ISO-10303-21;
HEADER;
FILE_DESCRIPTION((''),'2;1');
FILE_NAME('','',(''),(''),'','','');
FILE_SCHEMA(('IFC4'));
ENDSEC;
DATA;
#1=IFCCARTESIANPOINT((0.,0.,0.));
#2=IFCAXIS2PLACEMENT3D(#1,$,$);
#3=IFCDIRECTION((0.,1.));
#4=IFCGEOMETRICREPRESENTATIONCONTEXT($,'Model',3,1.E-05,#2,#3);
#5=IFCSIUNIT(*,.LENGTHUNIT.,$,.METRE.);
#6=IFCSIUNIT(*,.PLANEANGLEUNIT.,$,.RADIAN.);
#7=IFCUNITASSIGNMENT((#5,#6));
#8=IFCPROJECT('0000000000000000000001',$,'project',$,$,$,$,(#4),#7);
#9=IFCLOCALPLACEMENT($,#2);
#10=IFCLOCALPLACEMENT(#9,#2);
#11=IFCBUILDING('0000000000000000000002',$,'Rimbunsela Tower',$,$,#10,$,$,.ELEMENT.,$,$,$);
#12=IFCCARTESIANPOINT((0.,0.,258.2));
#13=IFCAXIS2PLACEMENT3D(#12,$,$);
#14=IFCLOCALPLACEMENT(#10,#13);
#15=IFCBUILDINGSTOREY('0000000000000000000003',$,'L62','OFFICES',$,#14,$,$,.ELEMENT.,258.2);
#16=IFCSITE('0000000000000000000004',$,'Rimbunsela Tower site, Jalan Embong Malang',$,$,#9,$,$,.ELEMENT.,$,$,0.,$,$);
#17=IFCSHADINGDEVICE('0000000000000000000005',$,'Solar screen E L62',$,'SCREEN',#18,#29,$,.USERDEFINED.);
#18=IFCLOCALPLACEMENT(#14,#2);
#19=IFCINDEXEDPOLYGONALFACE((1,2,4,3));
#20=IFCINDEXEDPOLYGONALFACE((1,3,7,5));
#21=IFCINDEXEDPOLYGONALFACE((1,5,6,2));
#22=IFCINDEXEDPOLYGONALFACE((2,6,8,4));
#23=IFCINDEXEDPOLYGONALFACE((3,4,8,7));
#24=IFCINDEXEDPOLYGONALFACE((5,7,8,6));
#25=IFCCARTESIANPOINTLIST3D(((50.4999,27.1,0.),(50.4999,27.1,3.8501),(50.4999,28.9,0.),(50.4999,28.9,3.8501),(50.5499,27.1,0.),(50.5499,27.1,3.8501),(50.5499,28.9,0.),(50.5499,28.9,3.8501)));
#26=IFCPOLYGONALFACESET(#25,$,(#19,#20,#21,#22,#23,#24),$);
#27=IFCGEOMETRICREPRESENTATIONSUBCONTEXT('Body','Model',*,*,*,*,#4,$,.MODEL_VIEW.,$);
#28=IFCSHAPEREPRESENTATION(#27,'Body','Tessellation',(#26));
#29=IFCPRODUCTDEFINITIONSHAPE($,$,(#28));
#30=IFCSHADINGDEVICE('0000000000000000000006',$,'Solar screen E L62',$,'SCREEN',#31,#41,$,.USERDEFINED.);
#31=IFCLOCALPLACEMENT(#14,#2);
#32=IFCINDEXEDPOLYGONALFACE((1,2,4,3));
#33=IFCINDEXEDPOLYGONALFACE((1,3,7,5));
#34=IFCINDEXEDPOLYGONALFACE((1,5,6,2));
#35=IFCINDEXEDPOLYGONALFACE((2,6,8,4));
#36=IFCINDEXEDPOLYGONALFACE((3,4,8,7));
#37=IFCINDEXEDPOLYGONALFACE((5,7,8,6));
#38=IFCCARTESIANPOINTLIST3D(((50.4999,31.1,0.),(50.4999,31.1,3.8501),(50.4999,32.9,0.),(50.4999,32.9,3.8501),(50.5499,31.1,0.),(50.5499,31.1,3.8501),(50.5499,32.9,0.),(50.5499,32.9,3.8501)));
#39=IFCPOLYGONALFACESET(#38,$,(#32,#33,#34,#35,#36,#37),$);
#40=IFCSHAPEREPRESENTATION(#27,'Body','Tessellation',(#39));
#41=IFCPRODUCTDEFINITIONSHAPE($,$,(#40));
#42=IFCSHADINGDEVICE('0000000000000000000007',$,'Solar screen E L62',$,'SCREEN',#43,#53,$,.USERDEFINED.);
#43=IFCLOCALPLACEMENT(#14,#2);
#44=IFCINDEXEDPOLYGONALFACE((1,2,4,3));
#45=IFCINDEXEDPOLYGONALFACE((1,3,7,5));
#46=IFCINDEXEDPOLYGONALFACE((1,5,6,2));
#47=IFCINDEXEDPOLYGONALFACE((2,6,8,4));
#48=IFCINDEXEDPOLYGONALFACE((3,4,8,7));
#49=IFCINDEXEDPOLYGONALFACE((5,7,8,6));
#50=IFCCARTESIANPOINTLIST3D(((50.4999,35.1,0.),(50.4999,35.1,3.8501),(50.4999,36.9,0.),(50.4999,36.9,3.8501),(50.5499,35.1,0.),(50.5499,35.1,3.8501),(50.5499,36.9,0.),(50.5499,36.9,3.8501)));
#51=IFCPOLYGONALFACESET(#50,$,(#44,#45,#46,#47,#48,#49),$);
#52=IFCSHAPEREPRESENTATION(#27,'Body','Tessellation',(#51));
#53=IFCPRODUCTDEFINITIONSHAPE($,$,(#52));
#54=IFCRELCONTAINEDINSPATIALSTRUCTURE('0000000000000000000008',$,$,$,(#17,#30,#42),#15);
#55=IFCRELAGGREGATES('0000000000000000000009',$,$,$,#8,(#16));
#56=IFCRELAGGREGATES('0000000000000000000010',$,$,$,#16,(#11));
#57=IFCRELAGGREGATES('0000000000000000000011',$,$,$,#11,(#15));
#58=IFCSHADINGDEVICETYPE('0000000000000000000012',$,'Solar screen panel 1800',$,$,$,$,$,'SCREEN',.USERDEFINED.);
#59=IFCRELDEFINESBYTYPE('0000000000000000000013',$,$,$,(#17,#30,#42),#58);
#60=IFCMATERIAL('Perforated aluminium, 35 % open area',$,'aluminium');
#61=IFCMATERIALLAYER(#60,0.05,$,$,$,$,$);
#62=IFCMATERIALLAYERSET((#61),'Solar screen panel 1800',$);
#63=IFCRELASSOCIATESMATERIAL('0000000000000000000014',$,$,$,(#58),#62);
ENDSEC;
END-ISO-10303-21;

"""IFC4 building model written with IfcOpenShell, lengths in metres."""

from ifc_helpers import new_model, si_unit, direction, frame, origin, origin_2d, place, context, subcontext, project, spatial, rectangle, extrude, material, layer, layer_set, type_object, element, save


model = new_model("IFC4")

# Units and contexts
model_context = context("Model", 3, precision=1e-05, world=origin(), true_north=direction((0.0, 1.0)))
body_context = subcontext(model_context, "Body", "Model", "MODEL_VIEW")
ifc_project = project(units=[si_unit("LENGTHUNIT", "METRE"), si_unit("PLANEANGLEUNIT", "RADIAN")], contexts=[model_context])

# Site, building, storey
site_placement = place(None, origin())
site = spatial("IfcSite", under=ifc_project, at=site_placement, Name="Rimbunsela Tower site, Jalan Embong Malang", CompositionType="ELEMENT", RefElevation=0.0)
building_placement = place(site_placement, origin())
building = spatial("IfcBuilding", under=site, at=building_placement, Name="Rimbunsela Tower", CompositionType="ELEMENT")
storey_placement = place(building_placement, frame((0.0, 0.0, 258.2)))
storey = spatial("IfcBuildingStorey", under=building, at=storey_placement, Name="L62", Description="OFFICES", CompositionType="ELEMENT", Elevation=258.2)

# Shading devices
ifc_material_1 = material(Name="Perforated aluminium, 35 % open area", Category="aluminium")
ifc_layer_1 = layer(ifc_material_1, 0.05)
ifc_layer_set_1 = layer_set([ifc_layer_1], Name="Solar screen panel 1800")
shading_device_type = type_object("IfcShadingDeviceType", Name="Solar screen panel 1800", ElementType="SCREEN", PredefinedType="USERDEFINED", material=ifc_layer_set_1)
for number, where, z_axis, x_axis, name in (
    (1, (50.5249, 28.0, 0.0), (0.0, 0.0, 1.0), (0.0, 1.0, 0.0), "Solar screen E L62"),
    (2, (50.5249, 32.0, 0.0), (0.0, 0.0, 1.0), (0.0, 1.0, 0.0), "Solar screen E L62"),
    (3, (50.5249, 36.0, 0.0), (0.0, 0.0, 1.0), (0.0, 1.0, 0.0), "Solar screen E L62"),
):
    element("IfcShadingDevice", number, at=place(storey_placement, frame(where, z_axis=z_axis, x_axis=x_axis)), inside=storey, type_object=shading_device_type, Name=name, ObjectType="SCREEN", PredefinedType="USERDEFINED", context=body_context, shape_type="SweptSolid", body=[
        extrude(rectangle(XDim=1.8, YDim=0.05, at=origin_2d()), origin(), (0.0, 0.0, 1.0), 3.8501),
    ])

save(model, "model.ifc")
